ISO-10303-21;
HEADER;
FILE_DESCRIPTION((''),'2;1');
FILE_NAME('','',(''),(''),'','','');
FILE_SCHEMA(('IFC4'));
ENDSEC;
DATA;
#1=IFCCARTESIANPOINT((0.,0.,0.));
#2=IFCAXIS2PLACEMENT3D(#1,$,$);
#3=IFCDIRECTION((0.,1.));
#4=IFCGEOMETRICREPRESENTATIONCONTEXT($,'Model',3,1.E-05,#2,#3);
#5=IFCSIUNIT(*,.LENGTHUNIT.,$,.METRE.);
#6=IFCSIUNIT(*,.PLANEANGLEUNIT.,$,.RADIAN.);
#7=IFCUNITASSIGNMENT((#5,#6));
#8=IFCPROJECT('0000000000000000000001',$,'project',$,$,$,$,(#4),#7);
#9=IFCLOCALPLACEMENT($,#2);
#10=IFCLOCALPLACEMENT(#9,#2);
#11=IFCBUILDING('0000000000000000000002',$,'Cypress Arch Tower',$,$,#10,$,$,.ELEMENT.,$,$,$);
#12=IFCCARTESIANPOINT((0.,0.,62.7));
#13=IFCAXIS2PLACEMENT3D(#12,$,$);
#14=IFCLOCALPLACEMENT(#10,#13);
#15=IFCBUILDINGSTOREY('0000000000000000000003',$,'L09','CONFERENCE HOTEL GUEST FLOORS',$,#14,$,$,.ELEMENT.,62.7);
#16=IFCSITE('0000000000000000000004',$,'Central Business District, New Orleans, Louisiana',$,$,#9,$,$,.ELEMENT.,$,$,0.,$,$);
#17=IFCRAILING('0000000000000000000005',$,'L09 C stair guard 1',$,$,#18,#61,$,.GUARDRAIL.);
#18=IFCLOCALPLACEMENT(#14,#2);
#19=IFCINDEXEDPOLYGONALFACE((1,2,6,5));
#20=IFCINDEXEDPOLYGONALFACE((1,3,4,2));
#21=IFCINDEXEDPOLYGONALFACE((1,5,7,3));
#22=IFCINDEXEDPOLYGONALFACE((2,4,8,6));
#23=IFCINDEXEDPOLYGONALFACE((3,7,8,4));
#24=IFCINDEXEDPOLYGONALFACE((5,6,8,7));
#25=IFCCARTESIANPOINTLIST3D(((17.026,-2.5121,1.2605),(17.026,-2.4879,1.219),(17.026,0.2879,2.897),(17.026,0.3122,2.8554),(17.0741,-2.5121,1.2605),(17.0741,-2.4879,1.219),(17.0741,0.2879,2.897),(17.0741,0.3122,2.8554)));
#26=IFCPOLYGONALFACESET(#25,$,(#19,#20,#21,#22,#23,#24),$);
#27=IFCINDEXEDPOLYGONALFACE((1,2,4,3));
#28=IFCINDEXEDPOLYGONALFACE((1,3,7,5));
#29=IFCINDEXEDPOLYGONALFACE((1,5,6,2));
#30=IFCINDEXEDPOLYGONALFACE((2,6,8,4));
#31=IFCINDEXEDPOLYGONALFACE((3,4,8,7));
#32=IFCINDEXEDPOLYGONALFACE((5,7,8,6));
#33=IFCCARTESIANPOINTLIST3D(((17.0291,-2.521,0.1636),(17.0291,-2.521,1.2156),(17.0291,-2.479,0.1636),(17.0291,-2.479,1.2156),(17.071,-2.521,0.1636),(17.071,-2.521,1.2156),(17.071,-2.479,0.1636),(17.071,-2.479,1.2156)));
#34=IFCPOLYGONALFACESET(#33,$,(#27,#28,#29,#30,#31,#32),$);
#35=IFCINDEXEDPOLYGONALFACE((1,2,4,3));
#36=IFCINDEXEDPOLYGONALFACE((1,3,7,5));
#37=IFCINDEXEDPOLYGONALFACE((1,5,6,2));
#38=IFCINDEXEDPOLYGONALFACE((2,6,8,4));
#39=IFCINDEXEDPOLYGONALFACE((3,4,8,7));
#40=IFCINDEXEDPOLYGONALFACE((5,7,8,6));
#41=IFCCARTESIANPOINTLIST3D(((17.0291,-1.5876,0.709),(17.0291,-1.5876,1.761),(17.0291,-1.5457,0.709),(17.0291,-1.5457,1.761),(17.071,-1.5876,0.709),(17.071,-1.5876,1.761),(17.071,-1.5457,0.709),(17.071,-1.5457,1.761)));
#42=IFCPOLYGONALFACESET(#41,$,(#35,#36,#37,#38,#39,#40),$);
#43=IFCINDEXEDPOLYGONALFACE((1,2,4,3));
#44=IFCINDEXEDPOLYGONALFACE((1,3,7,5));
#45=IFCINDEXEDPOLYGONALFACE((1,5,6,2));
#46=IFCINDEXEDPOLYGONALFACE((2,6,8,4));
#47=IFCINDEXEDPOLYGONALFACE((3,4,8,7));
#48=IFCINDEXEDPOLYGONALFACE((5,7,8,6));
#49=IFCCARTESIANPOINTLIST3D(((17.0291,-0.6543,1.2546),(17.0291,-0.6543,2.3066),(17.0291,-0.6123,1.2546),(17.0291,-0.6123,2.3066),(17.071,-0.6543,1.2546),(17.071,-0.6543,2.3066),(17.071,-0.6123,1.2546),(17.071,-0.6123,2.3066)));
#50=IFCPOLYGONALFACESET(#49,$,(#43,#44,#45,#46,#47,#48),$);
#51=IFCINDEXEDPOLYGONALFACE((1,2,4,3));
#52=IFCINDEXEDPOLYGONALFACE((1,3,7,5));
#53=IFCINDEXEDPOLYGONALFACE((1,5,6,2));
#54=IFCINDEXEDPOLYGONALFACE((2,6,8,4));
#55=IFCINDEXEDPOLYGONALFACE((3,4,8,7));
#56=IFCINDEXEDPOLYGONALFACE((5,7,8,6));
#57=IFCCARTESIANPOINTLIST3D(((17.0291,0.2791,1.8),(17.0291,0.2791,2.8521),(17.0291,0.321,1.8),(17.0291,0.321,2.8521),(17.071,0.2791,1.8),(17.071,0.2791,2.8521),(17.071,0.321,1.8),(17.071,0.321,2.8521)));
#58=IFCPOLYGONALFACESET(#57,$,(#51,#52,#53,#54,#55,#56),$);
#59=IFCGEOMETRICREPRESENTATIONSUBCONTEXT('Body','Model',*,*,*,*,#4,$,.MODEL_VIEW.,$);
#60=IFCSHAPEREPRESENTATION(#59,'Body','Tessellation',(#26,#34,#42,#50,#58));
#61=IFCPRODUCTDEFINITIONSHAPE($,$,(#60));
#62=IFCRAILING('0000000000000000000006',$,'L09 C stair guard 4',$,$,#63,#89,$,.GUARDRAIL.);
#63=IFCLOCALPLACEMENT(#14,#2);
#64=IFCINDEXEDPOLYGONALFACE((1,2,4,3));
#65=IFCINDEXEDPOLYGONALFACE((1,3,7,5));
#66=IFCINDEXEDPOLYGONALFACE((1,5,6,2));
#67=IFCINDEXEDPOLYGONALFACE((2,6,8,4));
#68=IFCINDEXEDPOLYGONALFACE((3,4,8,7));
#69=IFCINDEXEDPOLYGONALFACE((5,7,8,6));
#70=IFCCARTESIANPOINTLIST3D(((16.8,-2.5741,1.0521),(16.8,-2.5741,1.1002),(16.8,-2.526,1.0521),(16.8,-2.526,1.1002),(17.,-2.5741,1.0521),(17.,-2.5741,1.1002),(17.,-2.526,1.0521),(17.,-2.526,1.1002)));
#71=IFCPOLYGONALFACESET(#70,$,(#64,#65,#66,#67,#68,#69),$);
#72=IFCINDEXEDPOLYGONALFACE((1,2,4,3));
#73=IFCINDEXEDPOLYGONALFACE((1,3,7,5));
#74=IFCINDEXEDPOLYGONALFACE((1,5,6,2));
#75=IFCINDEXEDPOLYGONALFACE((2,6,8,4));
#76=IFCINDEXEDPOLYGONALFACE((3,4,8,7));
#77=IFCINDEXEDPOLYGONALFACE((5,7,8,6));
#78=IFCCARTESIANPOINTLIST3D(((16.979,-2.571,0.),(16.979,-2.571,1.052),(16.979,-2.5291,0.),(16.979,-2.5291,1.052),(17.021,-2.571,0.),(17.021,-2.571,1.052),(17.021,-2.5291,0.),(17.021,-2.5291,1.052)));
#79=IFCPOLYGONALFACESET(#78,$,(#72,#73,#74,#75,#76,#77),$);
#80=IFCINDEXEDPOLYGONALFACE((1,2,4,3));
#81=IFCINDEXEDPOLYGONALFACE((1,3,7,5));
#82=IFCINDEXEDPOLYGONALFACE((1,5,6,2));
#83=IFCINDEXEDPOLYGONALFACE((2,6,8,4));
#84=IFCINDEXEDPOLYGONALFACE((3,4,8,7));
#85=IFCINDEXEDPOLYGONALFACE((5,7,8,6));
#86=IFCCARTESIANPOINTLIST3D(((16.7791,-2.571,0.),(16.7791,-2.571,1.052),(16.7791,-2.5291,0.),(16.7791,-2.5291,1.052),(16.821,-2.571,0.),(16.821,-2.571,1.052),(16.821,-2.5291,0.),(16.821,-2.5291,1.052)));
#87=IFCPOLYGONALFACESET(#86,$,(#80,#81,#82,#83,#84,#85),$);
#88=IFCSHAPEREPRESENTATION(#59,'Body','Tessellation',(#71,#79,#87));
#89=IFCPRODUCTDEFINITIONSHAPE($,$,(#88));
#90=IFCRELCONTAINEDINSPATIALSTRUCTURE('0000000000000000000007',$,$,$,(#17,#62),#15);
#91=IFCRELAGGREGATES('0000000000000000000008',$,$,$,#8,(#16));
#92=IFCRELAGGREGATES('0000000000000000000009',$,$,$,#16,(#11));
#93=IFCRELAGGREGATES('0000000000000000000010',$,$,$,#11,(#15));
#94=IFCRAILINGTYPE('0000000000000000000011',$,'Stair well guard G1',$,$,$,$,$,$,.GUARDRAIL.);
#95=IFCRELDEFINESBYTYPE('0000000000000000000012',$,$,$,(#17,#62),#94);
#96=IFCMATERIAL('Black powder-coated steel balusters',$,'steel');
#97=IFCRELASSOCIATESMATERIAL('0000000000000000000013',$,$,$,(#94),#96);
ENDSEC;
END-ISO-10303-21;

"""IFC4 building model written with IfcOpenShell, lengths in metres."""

from ifc_helpers import new_model, si_unit, direction, frame, origin, origin_2d, place, context, subcontext, project, spatial, rectangle, extrude, material, type_object, element, save


model = new_model("IFC4")

# Units and contexts
model_context = context("Model", 3, precision=1e-05, world=origin(), true_north=direction((0.0, 1.0)))
body_context = subcontext(model_context, "Body", "Model", "MODEL_VIEW")
ifc_project = project(units=[si_unit("LENGTHUNIT", "METRE"), si_unit("PLANEANGLEUNIT", "RADIAN")], contexts=[model_context])

# Site, building, storey
site_placement = place(None, origin())
site = spatial("IfcSite", under=ifc_project, at=site_placement, Name="Central Business District, New Orleans, Louisiana", CompositionType="ELEMENT", RefElevation=0.0)
building_placement = place(site_placement, origin())
building = spatial("IfcBuilding", under=site, at=building_placement, Name="Cypress Arch Tower", CompositionType="ELEMENT")
storey_placement = place(building_placement, frame((0.0, 0.0, 62.7)))
storey = spatial("IfcBuildingStorey", under=building, at=storey_placement, Name="L09", Description="CONFERENCE HOTEL GUEST FLOORS", CompositionType="ELEMENT", Elevation=62.7)

# Railings
ifc_material_1 = material(Name="Black powder-coated steel balusters", Category="steel")
railing_type_1 = type_object("IfcRailingType", Name="Stair well guard G1", PredefinedType="GUARDRAIL", material=ifc_material_1)
railing_1_placement = place(storey_placement, frame((17.05, -2.5, 0.1636)))
element("IfcRailing", 1, at=railing_1_placement, inside=storey, type_object=railing_type_1, Name="L09 C stair guard 1", PredefinedType="GUARDRAIL", context=body_context, shape_type="SweptSolid", body=[
    extrude(rectangle(XDim=0.0481, YDim=0.0481, at=origin_2d()), frame((0.0, 0.0, 1.0762), z_axis=(0.0, 0.863361, 0.504587), x_axis=(-1.0, 0.0, 0.0)), (0.0, 0.0, 1.0), 3.2432),
    extrude(rectangle(XDim=0.042, YDim=0.042, at=origin_2d()), origin(), (0.0, 0.0, 1.0), 1.052),
    extrude(rectangle(XDim=0.042, YDim=0.042, at=origin_2d()), frame((0.0, 0.9333, 0.5454)), (0.0, 0.0, 1.0), 1.052),
    extrude(rectangle(XDim=0.042, YDim=0.042, at=origin_2d()), frame((0.0, 1.8667, 1.0911)), (0.0, 0.0, 1.0), 1.052),
    extrude(rectangle(XDim=0.042, YDim=0.042, at=origin_2d()), frame((0.0, 2.8, 1.6365)), (0.0, 0.0, 1.0), 1.052),
])
railing_2_placement = place(storey_placement, frame((17.0, -2.55, 0.0)))
element("IfcRailing", 2, at=railing_2_placement, inside=storey, type_object=railing_type_1, Name="L09 C stair guard 4", PredefinedType="GUARDRAIL", context=body_context, shape_type="SweptSolid", body=[
    extrude(rectangle(XDim=0.0481, YDim=0.0481, at=origin_2d()), frame((0.0, 0.0, 1.0762), z_axis=(-1.0, 0.0, 0.0), x_axis=(0.0, -1.0, 0.0)), (0.0, 0.0, 1.0), 0.2),
    extrude(rectangle(XDim=0.042, YDim=0.042, at=origin_2d()), origin(), (0.0, 0.0, 1.0), 1.052),
    extrude(rectangle(XDim=0.042, YDim=0.042, at=origin_2d()), frame((-0.2, 0.0, 0.0)), (0.0, 0.0, 1.0), 1.052),
])

save(model, "model.ifc")
